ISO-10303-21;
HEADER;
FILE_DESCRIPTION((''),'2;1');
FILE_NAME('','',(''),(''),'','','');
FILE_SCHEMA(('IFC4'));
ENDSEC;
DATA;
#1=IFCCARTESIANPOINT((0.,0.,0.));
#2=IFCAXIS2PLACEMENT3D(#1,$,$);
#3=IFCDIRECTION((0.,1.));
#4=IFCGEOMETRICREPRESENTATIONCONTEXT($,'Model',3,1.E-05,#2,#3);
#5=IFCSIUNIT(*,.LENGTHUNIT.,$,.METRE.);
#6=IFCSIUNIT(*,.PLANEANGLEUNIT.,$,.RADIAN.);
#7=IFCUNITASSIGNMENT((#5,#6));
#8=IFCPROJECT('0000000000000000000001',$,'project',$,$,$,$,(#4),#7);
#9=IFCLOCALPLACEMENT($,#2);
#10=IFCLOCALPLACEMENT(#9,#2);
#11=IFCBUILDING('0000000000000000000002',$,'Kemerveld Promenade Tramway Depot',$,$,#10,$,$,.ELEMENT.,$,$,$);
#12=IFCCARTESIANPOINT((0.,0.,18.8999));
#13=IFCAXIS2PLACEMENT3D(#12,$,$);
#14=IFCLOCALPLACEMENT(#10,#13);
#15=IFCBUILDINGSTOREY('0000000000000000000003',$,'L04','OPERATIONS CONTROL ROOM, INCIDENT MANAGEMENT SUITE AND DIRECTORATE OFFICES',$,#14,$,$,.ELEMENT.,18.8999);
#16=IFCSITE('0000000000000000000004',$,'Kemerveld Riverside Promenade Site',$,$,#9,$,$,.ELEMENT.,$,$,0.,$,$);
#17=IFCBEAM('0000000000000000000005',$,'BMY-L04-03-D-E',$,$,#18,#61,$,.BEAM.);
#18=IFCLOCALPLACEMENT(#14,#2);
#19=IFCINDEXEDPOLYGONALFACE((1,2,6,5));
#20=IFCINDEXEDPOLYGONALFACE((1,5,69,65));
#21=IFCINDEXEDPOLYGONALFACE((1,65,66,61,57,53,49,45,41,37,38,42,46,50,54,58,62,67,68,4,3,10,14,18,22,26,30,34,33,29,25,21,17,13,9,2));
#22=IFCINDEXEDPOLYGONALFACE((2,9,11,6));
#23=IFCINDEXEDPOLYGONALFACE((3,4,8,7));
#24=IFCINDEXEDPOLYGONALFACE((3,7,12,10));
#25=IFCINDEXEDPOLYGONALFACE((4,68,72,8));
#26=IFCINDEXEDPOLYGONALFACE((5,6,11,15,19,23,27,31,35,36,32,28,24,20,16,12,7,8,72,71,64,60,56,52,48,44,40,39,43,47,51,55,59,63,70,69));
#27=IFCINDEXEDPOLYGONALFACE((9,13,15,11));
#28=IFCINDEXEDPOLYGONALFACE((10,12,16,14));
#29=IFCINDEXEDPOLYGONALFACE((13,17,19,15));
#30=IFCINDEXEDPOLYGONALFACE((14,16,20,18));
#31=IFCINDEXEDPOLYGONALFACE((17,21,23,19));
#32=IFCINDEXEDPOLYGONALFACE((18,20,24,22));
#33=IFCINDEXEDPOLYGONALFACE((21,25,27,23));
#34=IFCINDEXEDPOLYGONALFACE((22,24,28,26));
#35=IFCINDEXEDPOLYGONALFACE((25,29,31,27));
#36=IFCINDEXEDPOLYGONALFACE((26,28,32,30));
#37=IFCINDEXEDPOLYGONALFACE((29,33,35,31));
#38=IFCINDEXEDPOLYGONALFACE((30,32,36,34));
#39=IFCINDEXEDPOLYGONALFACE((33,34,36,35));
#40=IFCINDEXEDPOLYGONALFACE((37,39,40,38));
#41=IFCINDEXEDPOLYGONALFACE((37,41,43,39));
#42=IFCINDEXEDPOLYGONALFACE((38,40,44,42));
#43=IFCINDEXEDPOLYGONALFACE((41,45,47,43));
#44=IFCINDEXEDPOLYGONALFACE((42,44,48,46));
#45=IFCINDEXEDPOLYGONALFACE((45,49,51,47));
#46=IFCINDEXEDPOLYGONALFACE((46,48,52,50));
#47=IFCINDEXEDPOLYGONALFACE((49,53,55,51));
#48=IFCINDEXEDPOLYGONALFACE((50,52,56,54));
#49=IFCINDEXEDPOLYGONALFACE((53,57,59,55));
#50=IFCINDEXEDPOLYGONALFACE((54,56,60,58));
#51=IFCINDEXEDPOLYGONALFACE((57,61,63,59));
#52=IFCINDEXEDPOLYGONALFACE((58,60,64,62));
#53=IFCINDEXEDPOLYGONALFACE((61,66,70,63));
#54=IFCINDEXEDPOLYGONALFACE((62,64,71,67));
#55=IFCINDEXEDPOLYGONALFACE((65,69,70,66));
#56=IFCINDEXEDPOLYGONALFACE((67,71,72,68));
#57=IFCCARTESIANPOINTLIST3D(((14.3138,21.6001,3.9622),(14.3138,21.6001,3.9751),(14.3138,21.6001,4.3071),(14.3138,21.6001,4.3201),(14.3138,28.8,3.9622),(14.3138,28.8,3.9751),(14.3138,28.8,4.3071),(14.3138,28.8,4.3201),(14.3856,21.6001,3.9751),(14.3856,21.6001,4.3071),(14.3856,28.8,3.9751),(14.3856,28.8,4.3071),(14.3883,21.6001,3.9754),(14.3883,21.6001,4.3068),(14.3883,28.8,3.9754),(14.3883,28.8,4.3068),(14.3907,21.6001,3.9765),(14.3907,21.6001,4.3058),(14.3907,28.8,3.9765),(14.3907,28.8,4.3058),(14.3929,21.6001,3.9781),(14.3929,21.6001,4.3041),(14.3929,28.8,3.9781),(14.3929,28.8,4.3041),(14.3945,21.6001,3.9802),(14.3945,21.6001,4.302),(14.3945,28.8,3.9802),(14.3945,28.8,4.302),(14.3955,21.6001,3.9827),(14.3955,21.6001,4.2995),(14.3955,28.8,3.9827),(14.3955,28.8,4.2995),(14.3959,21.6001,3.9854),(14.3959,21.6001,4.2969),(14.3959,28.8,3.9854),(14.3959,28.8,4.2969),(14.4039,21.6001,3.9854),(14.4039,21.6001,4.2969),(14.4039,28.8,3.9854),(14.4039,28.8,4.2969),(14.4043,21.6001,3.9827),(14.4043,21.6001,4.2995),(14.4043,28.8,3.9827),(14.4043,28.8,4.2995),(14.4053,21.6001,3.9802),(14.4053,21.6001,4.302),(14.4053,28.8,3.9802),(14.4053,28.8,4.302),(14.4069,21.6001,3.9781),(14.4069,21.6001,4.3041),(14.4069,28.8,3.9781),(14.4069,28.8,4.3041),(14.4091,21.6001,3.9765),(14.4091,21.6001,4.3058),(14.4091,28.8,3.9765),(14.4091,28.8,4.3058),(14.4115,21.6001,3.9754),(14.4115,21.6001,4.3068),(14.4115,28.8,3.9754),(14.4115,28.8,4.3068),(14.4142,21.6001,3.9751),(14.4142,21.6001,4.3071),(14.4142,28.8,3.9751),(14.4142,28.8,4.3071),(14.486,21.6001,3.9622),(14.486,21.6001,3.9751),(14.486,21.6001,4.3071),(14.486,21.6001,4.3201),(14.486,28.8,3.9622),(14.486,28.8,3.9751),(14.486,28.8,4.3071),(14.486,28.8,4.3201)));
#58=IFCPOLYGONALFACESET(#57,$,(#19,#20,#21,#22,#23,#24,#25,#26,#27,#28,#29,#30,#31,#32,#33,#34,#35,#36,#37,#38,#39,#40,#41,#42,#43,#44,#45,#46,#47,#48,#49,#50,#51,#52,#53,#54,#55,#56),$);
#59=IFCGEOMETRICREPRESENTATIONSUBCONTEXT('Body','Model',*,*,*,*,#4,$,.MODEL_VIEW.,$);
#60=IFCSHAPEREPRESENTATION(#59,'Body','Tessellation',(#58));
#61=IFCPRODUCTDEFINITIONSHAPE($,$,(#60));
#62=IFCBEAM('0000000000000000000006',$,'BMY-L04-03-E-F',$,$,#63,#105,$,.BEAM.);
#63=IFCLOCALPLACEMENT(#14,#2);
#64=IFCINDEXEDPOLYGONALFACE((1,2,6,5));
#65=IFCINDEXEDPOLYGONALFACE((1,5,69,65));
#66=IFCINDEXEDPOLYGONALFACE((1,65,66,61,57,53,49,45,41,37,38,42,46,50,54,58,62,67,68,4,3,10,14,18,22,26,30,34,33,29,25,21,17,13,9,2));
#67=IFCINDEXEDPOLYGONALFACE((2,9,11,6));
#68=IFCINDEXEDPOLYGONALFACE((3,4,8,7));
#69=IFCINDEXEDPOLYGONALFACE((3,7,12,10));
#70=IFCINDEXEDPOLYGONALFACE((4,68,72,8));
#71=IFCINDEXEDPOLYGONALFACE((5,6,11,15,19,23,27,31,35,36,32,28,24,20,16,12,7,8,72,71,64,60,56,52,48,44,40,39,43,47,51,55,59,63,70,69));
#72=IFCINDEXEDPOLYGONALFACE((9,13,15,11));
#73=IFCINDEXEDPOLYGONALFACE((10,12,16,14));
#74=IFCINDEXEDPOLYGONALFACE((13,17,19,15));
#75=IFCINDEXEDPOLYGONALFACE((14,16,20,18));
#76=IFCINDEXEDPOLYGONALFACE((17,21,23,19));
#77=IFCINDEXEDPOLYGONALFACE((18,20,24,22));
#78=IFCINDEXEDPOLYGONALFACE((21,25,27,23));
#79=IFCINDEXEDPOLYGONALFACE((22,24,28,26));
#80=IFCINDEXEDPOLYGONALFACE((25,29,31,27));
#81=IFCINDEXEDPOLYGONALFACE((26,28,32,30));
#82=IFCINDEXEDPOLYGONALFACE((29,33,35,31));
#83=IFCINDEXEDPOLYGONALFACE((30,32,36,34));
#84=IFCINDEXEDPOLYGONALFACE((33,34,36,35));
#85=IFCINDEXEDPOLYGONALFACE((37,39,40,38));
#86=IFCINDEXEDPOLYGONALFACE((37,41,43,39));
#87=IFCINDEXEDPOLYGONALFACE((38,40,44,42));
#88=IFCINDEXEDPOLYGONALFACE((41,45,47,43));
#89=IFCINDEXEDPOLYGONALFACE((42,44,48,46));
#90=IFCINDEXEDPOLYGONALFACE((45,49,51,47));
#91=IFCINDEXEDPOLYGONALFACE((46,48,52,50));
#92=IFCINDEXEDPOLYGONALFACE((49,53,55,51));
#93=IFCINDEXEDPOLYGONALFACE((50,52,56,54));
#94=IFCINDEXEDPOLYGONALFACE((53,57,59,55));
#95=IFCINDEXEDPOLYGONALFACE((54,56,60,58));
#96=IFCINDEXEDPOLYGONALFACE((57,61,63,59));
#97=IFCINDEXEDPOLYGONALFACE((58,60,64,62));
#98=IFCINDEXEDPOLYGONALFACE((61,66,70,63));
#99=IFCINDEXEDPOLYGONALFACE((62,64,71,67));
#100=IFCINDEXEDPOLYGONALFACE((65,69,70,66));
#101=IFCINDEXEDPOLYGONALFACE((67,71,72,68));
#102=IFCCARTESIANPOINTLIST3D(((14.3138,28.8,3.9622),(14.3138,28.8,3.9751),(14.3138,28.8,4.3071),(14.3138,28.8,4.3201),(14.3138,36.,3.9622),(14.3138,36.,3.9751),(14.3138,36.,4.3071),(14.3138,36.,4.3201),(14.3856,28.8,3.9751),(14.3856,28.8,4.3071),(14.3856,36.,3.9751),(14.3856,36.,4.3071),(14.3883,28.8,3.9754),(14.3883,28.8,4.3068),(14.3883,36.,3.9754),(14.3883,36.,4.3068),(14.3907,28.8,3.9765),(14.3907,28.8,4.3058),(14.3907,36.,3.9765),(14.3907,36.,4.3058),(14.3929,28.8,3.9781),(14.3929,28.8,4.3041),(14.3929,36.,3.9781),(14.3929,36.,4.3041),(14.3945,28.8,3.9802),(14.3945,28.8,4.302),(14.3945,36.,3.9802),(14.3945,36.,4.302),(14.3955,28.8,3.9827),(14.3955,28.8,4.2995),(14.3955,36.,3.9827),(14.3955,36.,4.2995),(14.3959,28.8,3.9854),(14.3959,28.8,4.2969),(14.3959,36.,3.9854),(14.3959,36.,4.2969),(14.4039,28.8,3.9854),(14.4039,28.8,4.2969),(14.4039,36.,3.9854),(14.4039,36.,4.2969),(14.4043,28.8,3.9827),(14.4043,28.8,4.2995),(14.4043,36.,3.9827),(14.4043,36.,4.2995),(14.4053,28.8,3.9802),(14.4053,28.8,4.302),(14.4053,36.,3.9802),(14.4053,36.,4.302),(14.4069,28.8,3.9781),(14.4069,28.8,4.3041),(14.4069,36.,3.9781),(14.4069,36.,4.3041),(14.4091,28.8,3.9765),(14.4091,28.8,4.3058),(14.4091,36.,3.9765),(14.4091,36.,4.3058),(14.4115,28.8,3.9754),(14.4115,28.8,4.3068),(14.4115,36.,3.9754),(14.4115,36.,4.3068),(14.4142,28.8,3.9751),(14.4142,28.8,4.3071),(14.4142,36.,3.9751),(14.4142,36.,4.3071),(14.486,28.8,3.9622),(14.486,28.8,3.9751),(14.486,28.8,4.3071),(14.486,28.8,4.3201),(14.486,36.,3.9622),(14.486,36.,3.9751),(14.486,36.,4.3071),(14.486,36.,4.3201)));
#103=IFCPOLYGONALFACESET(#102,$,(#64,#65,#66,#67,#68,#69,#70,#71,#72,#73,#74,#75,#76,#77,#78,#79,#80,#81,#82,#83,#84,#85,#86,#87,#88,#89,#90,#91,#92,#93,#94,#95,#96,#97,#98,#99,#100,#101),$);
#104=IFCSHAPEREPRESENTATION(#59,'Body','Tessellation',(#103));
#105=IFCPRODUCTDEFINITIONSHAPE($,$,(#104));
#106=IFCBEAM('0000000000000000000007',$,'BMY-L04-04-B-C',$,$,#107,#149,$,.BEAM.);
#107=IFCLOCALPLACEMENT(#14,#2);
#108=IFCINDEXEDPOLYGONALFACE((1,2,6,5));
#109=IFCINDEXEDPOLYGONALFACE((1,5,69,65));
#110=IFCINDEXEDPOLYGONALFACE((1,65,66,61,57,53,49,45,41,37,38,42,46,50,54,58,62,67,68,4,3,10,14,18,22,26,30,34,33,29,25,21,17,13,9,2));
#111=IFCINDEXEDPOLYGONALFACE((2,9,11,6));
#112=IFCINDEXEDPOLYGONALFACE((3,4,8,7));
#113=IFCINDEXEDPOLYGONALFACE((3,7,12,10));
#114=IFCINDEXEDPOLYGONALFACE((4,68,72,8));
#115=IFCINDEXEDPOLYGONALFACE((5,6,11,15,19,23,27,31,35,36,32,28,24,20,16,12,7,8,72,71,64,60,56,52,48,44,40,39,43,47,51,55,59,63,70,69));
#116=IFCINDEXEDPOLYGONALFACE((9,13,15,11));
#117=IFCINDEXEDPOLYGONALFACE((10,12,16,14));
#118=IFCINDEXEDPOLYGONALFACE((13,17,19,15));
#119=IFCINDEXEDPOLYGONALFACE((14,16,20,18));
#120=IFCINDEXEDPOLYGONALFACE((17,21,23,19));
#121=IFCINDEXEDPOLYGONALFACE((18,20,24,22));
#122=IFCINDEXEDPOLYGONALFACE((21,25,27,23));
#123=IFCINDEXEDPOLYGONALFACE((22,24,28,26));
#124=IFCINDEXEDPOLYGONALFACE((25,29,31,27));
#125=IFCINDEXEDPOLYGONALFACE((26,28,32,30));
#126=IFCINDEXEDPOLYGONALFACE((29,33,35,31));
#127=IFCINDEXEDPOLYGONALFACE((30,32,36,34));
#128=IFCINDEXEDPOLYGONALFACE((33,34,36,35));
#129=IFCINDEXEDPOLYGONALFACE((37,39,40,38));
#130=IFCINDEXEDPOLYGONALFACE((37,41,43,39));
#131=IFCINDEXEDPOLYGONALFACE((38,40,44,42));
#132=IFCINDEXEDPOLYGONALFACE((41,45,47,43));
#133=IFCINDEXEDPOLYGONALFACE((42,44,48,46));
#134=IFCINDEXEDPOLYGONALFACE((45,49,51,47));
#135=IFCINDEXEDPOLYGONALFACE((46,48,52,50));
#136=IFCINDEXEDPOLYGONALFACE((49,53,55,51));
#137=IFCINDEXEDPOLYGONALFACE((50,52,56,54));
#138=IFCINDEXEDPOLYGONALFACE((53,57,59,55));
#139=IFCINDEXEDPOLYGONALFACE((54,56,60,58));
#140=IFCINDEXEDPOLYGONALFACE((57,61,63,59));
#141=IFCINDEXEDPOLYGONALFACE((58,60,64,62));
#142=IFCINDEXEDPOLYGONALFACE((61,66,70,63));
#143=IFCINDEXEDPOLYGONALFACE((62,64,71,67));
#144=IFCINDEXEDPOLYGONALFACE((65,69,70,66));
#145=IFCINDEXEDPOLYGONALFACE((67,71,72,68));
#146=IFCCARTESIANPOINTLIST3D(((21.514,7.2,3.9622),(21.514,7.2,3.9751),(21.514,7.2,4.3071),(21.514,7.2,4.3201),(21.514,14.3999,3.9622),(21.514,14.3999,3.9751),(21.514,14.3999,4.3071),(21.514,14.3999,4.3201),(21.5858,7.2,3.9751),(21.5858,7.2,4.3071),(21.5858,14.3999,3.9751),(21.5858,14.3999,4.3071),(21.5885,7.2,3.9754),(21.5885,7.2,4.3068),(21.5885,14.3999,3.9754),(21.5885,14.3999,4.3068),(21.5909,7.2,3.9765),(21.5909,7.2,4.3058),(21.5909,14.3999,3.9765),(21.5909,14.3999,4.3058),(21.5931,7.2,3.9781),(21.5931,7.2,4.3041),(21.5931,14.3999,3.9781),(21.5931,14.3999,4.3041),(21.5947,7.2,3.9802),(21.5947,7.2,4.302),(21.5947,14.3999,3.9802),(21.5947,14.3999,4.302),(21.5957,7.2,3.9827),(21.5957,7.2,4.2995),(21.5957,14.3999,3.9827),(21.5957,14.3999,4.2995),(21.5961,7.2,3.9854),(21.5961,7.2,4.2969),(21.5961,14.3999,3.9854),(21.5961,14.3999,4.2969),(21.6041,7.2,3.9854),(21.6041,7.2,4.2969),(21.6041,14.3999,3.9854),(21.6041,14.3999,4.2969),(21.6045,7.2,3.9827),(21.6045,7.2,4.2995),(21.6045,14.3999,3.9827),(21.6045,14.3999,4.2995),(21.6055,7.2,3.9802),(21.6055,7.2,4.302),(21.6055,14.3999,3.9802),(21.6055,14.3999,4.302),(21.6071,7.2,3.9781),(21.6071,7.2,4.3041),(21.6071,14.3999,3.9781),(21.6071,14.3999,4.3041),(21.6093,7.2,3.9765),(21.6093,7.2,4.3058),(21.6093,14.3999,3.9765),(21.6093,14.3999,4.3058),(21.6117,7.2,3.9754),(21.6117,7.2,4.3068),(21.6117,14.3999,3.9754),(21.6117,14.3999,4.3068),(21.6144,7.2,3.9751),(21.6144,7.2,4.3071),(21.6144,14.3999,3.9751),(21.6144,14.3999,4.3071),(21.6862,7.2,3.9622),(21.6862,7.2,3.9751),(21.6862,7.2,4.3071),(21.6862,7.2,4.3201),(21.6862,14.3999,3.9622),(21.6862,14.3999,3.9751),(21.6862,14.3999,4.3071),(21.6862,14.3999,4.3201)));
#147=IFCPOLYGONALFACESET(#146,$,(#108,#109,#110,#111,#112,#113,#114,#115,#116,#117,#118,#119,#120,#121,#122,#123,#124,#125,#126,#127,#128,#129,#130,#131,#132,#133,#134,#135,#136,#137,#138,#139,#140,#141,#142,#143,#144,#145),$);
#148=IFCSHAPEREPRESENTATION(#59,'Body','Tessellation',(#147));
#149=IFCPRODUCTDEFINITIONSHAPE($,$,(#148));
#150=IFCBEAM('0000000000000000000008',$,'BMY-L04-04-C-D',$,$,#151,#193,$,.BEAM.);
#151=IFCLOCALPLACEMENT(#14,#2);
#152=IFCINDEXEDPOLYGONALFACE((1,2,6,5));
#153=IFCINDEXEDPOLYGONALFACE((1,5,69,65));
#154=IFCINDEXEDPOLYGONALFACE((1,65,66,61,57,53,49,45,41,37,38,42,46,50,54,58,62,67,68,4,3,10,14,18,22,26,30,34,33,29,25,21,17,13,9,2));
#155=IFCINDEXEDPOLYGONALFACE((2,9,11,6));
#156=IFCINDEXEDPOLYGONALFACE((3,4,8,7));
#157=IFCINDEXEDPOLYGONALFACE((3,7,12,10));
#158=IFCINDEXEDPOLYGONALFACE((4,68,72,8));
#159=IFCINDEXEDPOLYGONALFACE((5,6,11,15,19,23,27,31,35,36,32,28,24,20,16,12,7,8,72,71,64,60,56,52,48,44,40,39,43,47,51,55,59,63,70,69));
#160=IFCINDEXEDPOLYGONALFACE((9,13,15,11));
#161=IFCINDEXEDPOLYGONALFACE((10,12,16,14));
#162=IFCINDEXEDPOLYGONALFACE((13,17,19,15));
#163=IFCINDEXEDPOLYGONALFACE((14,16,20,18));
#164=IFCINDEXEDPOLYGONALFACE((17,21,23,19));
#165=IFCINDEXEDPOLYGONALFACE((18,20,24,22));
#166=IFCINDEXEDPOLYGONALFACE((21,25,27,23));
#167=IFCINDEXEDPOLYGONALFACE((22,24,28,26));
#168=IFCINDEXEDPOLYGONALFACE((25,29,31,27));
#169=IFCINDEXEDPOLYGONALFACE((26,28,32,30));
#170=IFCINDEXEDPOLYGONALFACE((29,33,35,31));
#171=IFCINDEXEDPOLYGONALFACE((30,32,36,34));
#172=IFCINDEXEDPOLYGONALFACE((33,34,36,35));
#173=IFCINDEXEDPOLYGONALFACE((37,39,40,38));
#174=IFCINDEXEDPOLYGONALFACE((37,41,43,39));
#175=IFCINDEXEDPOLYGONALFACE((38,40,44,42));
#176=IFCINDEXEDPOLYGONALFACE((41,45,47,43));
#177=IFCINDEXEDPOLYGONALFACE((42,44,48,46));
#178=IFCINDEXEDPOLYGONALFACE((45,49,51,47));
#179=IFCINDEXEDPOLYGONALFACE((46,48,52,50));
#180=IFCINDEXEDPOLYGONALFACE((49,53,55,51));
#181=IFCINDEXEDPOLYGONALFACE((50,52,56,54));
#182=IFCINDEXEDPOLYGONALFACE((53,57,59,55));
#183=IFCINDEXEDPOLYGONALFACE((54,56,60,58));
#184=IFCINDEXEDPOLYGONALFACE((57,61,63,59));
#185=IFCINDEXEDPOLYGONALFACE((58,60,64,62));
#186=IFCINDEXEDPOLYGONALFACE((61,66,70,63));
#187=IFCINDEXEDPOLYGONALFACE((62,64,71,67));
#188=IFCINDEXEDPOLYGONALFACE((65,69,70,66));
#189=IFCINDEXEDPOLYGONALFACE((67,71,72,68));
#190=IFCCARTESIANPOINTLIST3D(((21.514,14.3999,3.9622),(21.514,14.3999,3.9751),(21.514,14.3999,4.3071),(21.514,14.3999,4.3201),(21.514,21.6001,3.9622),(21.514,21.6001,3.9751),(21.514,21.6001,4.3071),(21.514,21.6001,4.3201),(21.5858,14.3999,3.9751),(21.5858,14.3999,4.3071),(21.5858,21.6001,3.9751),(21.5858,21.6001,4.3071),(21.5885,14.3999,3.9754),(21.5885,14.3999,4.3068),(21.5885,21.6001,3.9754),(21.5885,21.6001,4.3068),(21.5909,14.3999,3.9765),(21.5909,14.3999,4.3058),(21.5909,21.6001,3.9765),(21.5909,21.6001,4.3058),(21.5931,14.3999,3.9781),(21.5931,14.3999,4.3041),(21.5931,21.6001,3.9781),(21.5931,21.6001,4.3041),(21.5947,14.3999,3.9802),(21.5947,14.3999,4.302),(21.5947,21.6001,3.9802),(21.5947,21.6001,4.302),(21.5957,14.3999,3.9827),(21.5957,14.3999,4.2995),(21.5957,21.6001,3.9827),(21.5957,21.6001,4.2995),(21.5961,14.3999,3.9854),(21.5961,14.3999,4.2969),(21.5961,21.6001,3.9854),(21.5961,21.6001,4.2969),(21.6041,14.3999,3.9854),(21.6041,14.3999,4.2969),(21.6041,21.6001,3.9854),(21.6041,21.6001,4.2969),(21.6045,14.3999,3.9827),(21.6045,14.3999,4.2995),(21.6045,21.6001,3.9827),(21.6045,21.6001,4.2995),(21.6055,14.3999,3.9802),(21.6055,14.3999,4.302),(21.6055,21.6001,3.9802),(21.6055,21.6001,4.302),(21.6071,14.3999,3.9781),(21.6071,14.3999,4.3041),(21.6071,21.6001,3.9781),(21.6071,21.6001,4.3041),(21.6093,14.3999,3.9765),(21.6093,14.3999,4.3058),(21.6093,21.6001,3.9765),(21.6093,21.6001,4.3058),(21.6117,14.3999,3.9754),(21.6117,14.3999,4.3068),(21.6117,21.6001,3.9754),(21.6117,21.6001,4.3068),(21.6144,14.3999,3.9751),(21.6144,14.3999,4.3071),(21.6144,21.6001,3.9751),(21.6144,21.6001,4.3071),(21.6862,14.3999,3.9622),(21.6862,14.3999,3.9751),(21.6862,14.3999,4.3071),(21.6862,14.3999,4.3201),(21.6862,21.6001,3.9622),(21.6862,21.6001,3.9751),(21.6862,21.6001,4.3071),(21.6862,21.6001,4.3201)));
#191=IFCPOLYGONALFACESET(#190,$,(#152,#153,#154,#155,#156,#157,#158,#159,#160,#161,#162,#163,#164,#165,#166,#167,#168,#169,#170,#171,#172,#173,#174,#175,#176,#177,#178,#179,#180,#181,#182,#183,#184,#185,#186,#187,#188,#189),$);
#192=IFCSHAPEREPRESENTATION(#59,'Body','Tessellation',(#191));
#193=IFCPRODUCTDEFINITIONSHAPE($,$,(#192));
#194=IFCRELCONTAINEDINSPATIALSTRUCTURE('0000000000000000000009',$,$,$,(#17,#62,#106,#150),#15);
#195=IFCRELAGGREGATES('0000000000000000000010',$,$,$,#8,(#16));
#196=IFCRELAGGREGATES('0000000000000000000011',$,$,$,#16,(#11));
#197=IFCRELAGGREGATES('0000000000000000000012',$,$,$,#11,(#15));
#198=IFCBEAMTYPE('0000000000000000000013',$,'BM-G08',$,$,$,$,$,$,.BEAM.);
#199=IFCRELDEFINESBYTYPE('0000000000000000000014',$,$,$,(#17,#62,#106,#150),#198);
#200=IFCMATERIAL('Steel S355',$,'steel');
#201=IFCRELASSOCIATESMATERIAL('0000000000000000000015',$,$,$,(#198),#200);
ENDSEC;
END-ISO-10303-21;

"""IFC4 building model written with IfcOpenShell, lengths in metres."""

from ifc_helpers import new_model, si_unit, direction, frame, origin, origin_2d, place, context, subcontext, project, spatial, i_section, extrude, material, material_profile, profile_set, type_object, element, save


model = new_model("IFC4")

# Units and contexts
model_context = context("Model", 3, precision=1e-05, world=origin(), true_north=direction((0.0, 1.0)))
body_context = subcontext(model_context, "Body", "Model", "MODEL_VIEW")
ifc_project = project(units=[si_unit("LENGTHUNIT", "METRE"), si_unit("PLANEANGLEUNIT", "RADIAN")], contexts=[model_context])

# Site, building, storey
site_placement = place(None, origin())
site = spatial("IfcSite", under=ifc_project, at=site_placement, Name="Kemerveld Riverside Promenade Site", CompositionType="ELEMENT", RefElevation=0.0)
building_placement = place(site_placement, origin())
building = spatial("IfcBuilding", under=site, at=building_placement, Name="Kemerveld Promenade Tramway Depot", CompositionType="ELEMENT")
storey_placement = place(building_placement, frame((0.0, 0.0, 18.8999)))
storey = spatial("IfcBuildingStorey", under=building, at=storey_placement, Name="L04", Description="OPERATIONS CONTROL ROOM, INCIDENT MANAGEMENT SUITE AND DIRECTORATE OFFICES", CompositionType="ELEMENT", Elevation=18.8999)

# Shared definitions
ifc_material_1 = material(Name="Steel S355", Category="steel")

# Beams
ifc_material_profile_1 = material_profile(ifc_material_1, i_section(OverallWidth=0.1721, OverallDepth=0.3579, WebThickness=0.0081, FlangeThickness=0.0129, FilletRadius=0.0103, at=origin_2d()), Name="356x171x57 UB")
ifc_profile_set_1 = profile_set([ifc_material_profile_1], Name="Steel S355")
beam_type_1 = type_object("IfcBeamType", Name="BM-G08", PredefinedType="BEAM", material=ifc_profile_set_1)
for number, where, z_axis, x_axis, name in (
    (1, (14.3999, 21.6001, 4.1411), (0.0, 1.0, 0.0), (-1.0, 0.0, 0.0), "BMY-L04-03-D-E"),
    (2, (14.3999, 28.8, 4.1411), (0.0, 1.0, 0.0), (-1.0, 0.0, 0.0), "BMY-L04-03-E-F"),
    (3, (21.6001, 7.2, 4.1411), (0.0, 1.0, 0.0), (-1.0, 0.0, 0.0), "BMY-L04-04-B-C"),
):
    element("IfcBeam", number, at=place(storey_placement, frame(where, z_axis=z_axis, x_axis=x_axis)), inside=storey, type_object=beam_type_1, Name=name, PredefinedType="BEAM", context=body_context, shape_type="SweptSolid", body=[
        extrude(i_section(OverallWidth=0.1721, OverallDepth=0.3579, WebThickness=0.0081, FlangeThickness=0.0129, FilletRadius=0.0103, at=origin_2d()), origin(), (0.0, 0.0, 1.0), 7.2),
    ])
beam_1_placement = place(storey_placement, frame((21.6001, 14.3999, 4.1411), z_axis=(0.0, 1.0, 0.0), x_axis=(-1.0, 0.0, 0.0)))
element("IfcBeam", 4, at=beam_1_placement, inside=storey, type_object=beam_type_1, Name="BMY-L04-04-C-D", PredefinedType="BEAM", context=body_context, shape_type="SweptSolid", body=[
    extrude(i_section(OverallWidth=0.1721, OverallDepth=0.3579, WebThickness=0.0081, FlangeThickness=0.0129, FilletRadius=0.0103, at=origin_2d()), origin(), (0.0, 0.0, 1.0), 7.2002),
])

save(model, "model.ifc")
